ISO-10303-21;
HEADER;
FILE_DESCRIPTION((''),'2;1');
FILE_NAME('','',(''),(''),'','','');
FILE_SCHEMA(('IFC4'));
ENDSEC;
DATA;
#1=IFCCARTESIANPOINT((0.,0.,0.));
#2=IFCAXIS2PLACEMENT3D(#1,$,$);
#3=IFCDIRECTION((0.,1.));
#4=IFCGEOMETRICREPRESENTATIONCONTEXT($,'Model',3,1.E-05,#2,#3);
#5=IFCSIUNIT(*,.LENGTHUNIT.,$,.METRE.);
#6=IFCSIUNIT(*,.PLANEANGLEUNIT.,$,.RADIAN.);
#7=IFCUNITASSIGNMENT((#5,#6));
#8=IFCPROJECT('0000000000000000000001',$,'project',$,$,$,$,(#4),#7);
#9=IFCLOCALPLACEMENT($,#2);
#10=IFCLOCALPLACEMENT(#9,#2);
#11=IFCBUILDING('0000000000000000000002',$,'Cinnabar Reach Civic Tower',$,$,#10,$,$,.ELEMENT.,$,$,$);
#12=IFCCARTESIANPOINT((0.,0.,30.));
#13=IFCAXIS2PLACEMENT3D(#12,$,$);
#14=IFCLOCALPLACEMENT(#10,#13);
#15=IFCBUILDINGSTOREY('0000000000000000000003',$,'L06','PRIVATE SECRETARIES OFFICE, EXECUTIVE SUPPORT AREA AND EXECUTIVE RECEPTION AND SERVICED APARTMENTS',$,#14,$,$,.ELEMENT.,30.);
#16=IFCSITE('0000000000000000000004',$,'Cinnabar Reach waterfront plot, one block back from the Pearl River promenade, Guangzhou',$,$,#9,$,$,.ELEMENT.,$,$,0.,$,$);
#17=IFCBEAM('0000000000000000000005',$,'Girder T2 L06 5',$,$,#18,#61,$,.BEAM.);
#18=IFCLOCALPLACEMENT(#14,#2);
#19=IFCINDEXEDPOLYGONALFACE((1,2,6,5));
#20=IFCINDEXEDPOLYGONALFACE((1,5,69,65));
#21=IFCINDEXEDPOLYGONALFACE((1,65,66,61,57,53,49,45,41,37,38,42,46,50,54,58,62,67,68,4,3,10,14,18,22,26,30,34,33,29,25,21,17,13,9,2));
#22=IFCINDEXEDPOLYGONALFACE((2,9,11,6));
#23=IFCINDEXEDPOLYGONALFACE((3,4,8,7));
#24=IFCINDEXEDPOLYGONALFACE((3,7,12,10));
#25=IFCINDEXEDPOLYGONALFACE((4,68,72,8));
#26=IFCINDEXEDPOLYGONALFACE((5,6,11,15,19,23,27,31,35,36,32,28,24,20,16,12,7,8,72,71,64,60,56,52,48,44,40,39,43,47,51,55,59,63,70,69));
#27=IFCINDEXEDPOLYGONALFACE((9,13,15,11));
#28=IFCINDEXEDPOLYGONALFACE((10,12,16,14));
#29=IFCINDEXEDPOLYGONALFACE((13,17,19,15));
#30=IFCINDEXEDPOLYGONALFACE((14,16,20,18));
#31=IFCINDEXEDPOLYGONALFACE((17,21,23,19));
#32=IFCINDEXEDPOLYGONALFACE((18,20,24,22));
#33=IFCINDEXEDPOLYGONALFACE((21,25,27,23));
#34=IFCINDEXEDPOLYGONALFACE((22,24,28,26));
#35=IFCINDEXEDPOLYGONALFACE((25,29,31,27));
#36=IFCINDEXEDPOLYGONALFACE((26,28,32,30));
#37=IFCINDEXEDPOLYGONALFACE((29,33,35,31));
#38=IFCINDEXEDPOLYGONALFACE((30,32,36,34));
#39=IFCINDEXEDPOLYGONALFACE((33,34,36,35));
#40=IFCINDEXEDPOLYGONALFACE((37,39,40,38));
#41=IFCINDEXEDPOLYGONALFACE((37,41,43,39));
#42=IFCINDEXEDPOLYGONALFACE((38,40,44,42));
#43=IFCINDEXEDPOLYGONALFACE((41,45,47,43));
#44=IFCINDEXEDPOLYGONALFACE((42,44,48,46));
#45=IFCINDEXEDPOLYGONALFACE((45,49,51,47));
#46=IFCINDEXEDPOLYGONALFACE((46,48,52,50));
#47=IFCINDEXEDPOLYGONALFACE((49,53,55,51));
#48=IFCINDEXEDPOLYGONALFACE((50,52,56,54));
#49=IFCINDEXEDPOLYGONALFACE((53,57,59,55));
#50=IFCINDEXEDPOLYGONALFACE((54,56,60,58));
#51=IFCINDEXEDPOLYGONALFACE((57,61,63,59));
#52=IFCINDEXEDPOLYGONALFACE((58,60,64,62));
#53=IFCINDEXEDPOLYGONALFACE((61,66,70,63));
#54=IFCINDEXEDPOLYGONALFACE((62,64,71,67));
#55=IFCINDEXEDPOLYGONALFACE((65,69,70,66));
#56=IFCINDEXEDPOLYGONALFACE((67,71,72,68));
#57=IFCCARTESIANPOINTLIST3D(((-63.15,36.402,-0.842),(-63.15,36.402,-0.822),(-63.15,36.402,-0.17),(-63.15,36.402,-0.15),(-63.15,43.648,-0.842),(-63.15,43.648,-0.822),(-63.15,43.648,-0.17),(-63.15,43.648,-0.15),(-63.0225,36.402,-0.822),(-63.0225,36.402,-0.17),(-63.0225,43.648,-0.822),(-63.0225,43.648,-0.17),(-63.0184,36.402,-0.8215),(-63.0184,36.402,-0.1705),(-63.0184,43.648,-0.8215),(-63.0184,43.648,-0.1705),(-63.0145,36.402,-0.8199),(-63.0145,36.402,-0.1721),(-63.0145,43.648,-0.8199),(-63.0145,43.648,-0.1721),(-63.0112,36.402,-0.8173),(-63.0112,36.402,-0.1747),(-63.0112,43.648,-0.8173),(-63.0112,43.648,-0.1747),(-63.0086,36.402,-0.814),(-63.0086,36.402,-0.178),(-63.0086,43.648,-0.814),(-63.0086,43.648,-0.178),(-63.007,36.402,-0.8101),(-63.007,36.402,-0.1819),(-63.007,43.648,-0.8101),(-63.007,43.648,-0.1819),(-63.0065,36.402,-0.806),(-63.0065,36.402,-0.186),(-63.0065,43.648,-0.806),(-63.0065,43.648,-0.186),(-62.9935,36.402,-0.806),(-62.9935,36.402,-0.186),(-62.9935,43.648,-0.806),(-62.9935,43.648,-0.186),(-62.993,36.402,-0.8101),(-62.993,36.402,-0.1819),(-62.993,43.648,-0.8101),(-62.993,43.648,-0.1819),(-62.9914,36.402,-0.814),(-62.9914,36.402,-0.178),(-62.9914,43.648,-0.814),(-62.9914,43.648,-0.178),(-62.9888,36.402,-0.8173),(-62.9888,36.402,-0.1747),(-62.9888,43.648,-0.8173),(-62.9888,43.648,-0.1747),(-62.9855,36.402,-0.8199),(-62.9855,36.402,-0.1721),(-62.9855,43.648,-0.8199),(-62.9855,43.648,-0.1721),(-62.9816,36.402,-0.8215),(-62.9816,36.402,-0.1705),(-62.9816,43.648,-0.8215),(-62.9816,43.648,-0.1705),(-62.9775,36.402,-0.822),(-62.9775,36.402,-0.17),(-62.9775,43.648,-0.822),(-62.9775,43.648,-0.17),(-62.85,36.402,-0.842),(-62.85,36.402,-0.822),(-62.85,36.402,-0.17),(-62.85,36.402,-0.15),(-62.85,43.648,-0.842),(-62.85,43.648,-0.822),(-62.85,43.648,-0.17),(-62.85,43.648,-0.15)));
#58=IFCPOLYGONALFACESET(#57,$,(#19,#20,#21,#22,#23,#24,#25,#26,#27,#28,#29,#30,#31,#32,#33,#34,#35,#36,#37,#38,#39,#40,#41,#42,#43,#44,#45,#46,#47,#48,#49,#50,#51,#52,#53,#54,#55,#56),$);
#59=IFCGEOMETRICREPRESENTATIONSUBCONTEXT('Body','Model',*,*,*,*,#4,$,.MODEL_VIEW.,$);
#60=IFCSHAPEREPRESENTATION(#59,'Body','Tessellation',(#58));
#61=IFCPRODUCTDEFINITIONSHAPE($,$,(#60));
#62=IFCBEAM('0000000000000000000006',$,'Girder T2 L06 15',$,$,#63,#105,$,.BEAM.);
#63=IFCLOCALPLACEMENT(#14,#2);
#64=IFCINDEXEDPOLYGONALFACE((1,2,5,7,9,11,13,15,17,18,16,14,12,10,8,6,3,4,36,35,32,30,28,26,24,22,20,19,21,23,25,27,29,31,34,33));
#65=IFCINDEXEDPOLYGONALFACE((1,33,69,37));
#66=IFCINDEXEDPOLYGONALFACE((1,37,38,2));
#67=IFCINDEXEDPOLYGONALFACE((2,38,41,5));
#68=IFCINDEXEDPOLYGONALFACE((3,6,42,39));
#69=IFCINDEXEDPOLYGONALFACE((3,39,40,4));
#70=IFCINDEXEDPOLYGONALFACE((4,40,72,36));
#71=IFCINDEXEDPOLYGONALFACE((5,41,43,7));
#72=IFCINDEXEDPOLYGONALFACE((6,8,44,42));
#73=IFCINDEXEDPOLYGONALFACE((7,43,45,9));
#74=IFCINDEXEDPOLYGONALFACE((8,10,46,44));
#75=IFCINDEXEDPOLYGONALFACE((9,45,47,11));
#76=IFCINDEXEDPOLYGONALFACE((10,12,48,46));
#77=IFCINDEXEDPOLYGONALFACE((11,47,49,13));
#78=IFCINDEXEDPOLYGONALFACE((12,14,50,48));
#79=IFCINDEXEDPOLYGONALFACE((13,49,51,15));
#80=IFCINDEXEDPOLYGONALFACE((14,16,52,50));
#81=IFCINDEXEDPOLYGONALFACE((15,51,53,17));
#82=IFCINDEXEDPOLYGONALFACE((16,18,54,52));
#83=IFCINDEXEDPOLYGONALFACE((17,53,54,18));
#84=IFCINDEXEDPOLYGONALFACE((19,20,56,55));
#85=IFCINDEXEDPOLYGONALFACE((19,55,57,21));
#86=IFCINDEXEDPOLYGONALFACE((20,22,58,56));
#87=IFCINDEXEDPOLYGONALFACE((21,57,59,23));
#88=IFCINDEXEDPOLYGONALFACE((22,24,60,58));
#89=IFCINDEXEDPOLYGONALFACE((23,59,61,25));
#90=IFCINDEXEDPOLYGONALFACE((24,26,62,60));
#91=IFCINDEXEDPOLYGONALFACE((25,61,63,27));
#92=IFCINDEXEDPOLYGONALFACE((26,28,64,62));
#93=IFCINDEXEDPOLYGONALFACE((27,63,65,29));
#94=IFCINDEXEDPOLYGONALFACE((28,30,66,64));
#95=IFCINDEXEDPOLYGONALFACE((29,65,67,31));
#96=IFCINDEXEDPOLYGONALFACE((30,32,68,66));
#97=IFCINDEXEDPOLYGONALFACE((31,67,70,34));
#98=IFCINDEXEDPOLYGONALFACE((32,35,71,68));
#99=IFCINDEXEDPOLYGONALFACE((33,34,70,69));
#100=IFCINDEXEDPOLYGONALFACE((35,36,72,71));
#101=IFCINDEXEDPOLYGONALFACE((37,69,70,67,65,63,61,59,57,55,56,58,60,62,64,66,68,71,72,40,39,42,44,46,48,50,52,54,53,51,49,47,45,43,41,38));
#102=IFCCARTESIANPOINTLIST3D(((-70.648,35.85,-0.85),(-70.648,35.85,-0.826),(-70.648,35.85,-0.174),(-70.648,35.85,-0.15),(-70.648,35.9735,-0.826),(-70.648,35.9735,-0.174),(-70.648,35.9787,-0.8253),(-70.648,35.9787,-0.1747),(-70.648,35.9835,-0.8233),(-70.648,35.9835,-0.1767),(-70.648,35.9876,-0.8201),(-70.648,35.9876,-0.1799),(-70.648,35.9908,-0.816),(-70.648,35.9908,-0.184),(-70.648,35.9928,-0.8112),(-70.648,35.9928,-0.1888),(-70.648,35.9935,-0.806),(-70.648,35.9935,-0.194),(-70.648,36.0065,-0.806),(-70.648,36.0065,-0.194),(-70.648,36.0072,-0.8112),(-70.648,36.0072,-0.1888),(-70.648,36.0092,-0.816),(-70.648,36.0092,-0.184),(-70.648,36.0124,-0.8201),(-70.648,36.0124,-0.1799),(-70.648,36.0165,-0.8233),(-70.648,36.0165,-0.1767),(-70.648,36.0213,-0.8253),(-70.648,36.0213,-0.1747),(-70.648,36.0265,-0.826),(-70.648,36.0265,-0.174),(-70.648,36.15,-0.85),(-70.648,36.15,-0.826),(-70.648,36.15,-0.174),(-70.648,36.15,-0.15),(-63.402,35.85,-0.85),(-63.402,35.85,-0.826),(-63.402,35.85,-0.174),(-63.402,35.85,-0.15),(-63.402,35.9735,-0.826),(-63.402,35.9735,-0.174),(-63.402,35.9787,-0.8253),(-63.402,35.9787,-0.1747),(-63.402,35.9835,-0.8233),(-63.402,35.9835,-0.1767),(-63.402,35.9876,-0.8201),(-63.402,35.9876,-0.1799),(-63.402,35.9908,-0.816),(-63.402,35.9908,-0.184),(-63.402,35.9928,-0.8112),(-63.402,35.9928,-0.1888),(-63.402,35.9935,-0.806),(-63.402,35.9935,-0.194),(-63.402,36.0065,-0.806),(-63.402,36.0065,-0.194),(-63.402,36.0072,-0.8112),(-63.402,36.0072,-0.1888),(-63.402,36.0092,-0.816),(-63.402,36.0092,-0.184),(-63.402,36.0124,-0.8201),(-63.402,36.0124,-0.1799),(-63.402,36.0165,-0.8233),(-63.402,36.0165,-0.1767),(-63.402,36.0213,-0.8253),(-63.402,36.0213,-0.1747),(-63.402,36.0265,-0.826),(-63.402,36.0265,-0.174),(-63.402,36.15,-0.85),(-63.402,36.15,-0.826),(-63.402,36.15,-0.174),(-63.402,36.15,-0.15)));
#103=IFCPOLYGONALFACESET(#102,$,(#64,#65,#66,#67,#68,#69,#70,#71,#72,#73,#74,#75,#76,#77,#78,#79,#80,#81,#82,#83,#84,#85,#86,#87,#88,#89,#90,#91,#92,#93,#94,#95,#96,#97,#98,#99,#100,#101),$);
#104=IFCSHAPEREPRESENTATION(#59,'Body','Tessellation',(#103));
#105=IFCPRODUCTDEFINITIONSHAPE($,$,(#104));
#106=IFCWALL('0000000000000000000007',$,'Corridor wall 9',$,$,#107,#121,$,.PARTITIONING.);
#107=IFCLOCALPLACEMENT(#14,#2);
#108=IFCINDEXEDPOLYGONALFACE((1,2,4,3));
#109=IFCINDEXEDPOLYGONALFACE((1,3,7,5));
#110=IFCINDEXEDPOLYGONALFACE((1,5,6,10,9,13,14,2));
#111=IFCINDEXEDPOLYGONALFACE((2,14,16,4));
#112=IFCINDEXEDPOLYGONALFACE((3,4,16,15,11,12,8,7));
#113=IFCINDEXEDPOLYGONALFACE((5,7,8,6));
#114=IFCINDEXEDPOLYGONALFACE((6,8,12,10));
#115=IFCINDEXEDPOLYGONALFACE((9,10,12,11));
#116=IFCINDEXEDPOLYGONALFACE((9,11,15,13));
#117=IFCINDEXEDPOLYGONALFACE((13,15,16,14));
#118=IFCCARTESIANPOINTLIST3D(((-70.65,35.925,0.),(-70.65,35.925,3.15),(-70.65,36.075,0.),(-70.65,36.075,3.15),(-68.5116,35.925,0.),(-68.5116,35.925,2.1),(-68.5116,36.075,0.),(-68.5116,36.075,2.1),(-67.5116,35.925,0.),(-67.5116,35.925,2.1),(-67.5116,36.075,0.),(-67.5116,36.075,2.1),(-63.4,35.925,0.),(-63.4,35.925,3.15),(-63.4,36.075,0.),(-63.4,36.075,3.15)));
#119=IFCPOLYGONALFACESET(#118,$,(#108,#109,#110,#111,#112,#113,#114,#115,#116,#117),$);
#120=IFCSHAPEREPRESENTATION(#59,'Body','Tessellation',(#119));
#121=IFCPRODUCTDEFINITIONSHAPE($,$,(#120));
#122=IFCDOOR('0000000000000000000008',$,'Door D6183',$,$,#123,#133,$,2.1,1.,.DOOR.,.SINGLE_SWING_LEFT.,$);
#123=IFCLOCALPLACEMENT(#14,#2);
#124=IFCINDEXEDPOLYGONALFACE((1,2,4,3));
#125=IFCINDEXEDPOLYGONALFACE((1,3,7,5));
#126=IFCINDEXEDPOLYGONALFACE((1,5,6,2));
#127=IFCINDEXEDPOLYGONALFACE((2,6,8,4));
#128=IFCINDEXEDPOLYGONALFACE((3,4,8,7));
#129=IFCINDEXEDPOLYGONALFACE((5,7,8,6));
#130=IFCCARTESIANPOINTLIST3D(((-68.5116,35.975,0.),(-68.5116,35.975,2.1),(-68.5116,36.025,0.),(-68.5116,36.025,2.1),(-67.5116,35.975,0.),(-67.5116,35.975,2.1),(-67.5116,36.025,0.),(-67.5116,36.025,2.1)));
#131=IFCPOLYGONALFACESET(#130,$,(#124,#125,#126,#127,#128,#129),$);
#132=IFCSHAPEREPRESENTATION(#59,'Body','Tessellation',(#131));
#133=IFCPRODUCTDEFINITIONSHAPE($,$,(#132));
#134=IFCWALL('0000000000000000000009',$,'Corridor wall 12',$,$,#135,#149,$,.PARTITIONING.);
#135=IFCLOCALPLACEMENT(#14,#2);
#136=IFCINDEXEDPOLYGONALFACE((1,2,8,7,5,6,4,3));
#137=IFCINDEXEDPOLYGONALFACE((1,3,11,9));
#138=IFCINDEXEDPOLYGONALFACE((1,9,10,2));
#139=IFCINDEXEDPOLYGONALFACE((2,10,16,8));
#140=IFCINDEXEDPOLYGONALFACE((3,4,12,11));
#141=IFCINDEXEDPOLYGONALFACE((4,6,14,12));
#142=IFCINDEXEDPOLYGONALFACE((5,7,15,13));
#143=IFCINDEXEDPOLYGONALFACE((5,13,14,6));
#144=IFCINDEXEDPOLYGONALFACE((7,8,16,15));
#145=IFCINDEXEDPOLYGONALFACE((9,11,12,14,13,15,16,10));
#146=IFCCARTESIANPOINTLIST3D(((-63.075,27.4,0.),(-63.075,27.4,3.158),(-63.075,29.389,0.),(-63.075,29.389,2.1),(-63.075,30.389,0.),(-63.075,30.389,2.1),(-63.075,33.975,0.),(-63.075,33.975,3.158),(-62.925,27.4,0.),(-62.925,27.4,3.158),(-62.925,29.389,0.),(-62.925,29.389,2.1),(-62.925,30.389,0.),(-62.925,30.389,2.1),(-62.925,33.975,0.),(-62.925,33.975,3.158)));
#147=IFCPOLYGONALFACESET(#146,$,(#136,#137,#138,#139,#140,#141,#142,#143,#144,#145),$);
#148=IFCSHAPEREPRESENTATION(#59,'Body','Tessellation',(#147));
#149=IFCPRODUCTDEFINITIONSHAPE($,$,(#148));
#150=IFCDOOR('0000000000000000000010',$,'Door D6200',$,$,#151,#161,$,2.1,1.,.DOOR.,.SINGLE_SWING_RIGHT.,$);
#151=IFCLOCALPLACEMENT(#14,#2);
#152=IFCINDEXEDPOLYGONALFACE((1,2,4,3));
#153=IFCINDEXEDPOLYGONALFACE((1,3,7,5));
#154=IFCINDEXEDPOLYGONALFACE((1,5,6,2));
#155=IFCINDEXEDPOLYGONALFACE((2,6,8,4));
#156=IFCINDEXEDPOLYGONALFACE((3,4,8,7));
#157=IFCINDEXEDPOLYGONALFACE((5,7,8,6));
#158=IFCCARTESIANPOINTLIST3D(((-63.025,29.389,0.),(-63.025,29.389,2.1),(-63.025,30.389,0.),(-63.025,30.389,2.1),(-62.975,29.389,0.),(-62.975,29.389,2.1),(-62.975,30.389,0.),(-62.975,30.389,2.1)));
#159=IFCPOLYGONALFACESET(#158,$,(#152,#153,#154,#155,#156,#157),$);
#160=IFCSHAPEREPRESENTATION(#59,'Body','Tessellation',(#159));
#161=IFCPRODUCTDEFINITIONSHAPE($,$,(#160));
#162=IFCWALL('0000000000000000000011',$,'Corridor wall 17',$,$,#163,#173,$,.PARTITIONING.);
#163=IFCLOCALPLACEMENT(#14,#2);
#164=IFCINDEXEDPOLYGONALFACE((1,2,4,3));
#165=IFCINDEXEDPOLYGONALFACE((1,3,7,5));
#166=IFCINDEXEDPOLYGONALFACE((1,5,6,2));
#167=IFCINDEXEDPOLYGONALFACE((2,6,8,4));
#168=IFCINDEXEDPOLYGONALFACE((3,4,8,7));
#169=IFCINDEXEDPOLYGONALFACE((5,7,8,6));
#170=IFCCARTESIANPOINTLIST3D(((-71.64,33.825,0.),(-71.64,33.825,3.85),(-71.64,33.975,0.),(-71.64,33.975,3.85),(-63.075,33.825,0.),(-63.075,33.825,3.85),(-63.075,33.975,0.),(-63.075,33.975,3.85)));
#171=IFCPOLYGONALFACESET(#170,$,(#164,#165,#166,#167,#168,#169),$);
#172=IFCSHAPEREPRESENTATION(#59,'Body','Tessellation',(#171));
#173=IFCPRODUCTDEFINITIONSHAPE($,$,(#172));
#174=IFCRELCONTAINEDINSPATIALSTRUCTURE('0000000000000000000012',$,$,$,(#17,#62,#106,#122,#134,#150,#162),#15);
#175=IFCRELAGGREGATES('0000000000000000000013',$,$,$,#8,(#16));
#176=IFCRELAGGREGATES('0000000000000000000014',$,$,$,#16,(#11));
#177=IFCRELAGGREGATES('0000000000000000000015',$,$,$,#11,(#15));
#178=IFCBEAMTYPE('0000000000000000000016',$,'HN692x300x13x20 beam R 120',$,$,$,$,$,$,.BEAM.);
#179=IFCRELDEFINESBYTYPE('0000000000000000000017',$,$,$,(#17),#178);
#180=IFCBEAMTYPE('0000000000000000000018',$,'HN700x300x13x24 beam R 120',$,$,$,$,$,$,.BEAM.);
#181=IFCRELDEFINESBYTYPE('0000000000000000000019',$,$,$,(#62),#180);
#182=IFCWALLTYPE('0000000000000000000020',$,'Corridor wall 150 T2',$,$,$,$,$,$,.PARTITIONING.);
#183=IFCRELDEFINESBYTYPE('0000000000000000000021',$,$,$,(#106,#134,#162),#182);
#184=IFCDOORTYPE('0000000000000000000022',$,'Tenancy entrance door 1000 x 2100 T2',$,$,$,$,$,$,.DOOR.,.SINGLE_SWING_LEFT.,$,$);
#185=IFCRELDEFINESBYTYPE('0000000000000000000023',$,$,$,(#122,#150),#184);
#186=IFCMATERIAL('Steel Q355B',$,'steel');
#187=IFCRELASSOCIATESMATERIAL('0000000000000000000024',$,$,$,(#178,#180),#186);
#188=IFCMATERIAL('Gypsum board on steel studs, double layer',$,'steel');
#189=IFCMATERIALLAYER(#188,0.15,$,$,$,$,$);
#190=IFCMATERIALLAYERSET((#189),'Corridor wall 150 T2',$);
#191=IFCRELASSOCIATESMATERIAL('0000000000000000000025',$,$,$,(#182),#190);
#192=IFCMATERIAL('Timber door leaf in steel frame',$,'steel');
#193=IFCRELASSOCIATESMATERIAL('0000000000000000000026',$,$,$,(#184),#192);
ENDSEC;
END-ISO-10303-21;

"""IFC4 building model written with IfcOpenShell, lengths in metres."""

from ifc_helpers import new_model, si_unit, direction, frame, frame_2d, origin, origin_2d, place, context, subcontext, project, spatial, rectangle, i_section, extrude, material, layer, layer_set, material_profile, profile_set, type_object, element, fill, save


model = new_model("IFC4")

# Units and contexts
model_context = context("Model", 3, precision=1e-05, world=origin(), true_north=direction((0.0, 1.0)))
body_context = subcontext(model_context, "Body", "Model", "MODEL_VIEW")
ifc_project = project(units=[si_unit("LENGTHUNIT", "METRE"), si_unit("PLANEANGLEUNIT", "RADIAN")], contexts=[model_context])

# Site, building, storey
site_placement = place(None, origin())
site = spatial("IfcSite", under=ifc_project, at=site_placement, Name="Cinnabar Reach waterfront plot, one block back from the Pearl River promenade, Guangzhou", CompositionType="ELEMENT", RefElevation=0.0)
building_placement = place(site_placement, origin())
building = spatial("IfcBuilding", under=site, at=building_placement, Name="Cinnabar Reach Civic Tower", CompositionType="ELEMENT")
storey_placement = place(building_placement, frame((0.0, 0.0, 30.0)))
storey = spatial("IfcBuildingStorey", under=building, at=storey_placement, Name="L06", Description="PRIVATE SECRETARIES OFFICE, EXECUTIVE SUPPORT AREA AND EXECUTIVE RECEPTION AND SERVICED APARTMENTS", CompositionType="ELEMENT", Elevation=30.0)

# Beams
ifc_material_1 = material(Name="Steel Q355B", Category="steel")
ifc_material_profile_1 = material_profile(ifc_material_1, i_section(OverallWidth=0.3, OverallDepth=0.692, WebThickness=0.013, FlangeThickness=0.02, FilletRadius=0.016, at=origin_2d()), Name="HN692x300x13x20")
ifc_profile_set_1 = profile_set([ifc_material_profile_1], Name="Steel Q355B")
beam_type_1 = type_object("IfcBeamType", Name="HN692x300x13x20 beam R 120", PredefinedType="BEAM", material=ifc_profile_set_1)
beam_1_placement = place(storey_placement, frame((-63.0, 36.402, -0.496), z_axis=(0.0, 1.0, 0.0), x_axis=(-1.0, 0.0, 0.0)))
element("IfcBeam", 1, at=beam_1_placement, inside=storey, type_object=beam_type_1, Name="Girder T2 L06 5", PredefinedType="BEAM", context=body_context, shape_type="SweptSolid", body=[
    extrude(i_section(OverallWidth=0.3, OverallDepth=0.692, WebThickness=0.013, FlangeThickness=0.02, FilletRadius=0.016, at=origin_2d()), origin(), (0.0, 0.0, 1.0), 7.246),
])
ifc_material_profile_2 = material_profile(ifc_material_1, i_section(OverallWidth=0.3, OverallDepth=0.7, WebThickness=0.013, FlangeThickness=0.024, FilletRadius=0.02, at=origin_2d()), Name="HN700x300x13x24")
ifc_profile_set_2 = profile_set([ifc_material_profile_2], Name="Steel Q355B")
beam_type_2 = type_object("IfcBeamType", Name="HN700x300x13x24 beam R 120", PredefinedType="BEAM", material=ifc_profile_set_2)
beam_2_placement = place(storey_placement, frame((-70.648, 36.0, -0.5), z_axis=(1.0, 0.0, 0.0), x_axis=(0.0, 1.0, 0.0)))
element("IfcBeam", 2, at=beam_2_placement, inside=storey, type_object=beam_type_2, Name="Girder T2 L06 15", PredefinedType="BEAM", context=body_context, shape_type="SweptSolid", body=[
    extrude(i_section(OverallWidth=0.3, OverallDepth=0.7, WebThickness=0.013, FlangeThickness=0.024, FilletRadius=0.02, at=origin_2d()), origin(), (0.0, 0.0, 1.0), 7.246),
])

# Walls, openings, doors
ifc_material_2 = material(Name="Gypsum board on steel studs, double layer", Category="steel")
ifc_layer_1 = layer(ifc_material_2, 0.15)
ifc_layer_set_1 = layer_set([ifc_layer_1], Name="Corridor wall 150 T2")
wall_type_1 = type_object("IfcWallType", Name="Corridor wall 150 T2", PredefinedType="PARTITIONING", material=ifc_layer_set_1)
wall_1_placement = place(storey_placement, frame((-70.65, 36.0, 0.0), z_axis=(0.0, 0.0, 1.0), x_axis=(1.0, 0.0, 0.0)))
wall_1 = element("IfcWall", 3, at=wall_1_placement, inside=storey, type_object=wall_type_1, Name="Corridor wall 9", PredefinedType="PARTITIONING", context=body_context, shape_type="SweptSolid", body=[
    extrude(rectangle(XDim=7.25, YDim=0.15, at=frame_2d((3.625, 0.0))), origin(), (0.0, 0.0, 1.0), 3.15),
])
opening_1_placement = place(wall_1_placement, frame((2.1384, 0.0, 0.0)))
opening_1 = element("IfcOpeningElement", 4, at=opening_1_placement, cuts=wall_1, PredefinedType="OPENING", context=body_context, shape_type="SweptSolid", body=[
    extrude(rectangle(XDim=1.0, YDim=2.1, at=frame_2d((0.5, 1.05))), frame((0.0, 0.085, 0.0), z_axis=(0.0, -1.0, 0.0), x_axis=(1.0, 0.0, 0.0)), (0.0, 0.0, 1.0), 0.17),
])
ifc_material_3 = material(Name="Timber door leaf in steel frame", Category="steel")
door_type_1 = type_object("IfcDoorType", Name="Tenancy entrance door 1000 x 2100 T2", OperationType="SINGLE_SWING_LEFT", PredefinedType="DOOR", material=ifc_material_3)
door_1_placement = place(opening_1_placement, origin())
door_1 = element("IfcDoor", 5, at=door_1_placement, inside=storey, type_object=door_type_1, Name="Door D6183", OperationType="SINGLE_SWING_LEFT", OverallHeight=2.1, OverallWidth=1.0, PredefinedType="DOOR", context=body_context, shape_type="SweptSolid", body=[
    extrude(rectangle(XDim=1.0, YDim=2.1, at=frame_2d((0.5, 1.05))), frame((0.0, 0.025, 0.0), z_axis=(0.0, -1.0, 0.0), x_axis=(1.0, 0.0, 0.0)), (0.0, 0.0, 1.0), 0.05),
])
fill(opening_1, door_1)
wall_2_placement = place(storey_placement, frame((-63.0, 27.4, 0.0), z_axis=(0.0, 0.0, 1.0), x_axis=(0.0, 1.0, 0.0)))
wall_2 = element("IfcWall", 6, at=wall_2_placement, inside=storey, type_object=wall_type_1, Name="Corridor wall 12", PredefinedType="PARTITIONING", context=body_context, shape_type="SweptSolid", body=[
    extrude(rectangle(XDim=6.575, YDim=0.15, at=frame_2d((3.2875, 0.0))), origin(), (0.0, 0.0, 1.0), 3.158),
])
opening_2_placement = place(wall_2_placement, frame((1.989, 0.0, 0.0)))
opening_2 = element("IfcOpeningElement", 7, at=opening_2_placement, cuts=wall_2, PredefinedType="OPENING", context=body_context, shape_type="SweptSolid", body=[
    extrude(rectangle(XDim=1.0, YDim=2.1, at=frame_2d((0.5, 1.05))), frame((0.0, 0.085, 0.0), z_axis=(0.0, -1.0, 0.0), x_axis=(1.0, 0.0, 0.0)), (0.0, 0.0, 1.0), 0.17),
])
door_2_placement = place(opening_2_placement, origin())
door_2 = element("IfcDoor", 8, at=door_2_placement, inside=storey, type_object=door_type_1, Name="Door D6200", OperationType="SINGLE_SWING_RIGHT", OverallHeight=2.1, OverallWidth=1.0, PredefinedType="DOOR", context=body_context, shape_type="SweptSolid", body=[
    extrude(rectangle(XDim=1.0, YDim=2.1, at=frame_2d((0.5, 1.05))), frame((0.0, 0.025, 0.0), z_axis=(0.0, -1.0, 0.0), x_axis=(1.0, 0.0, 0.0)), (0.0, 0.0, 1.0), 0.05),
])
fill(opening_2, door_2)

# Wall
wall_3_placement = place(storey_placement, frame((-71.64, 33.9, 0.0), z_axis=(0.0, 0.0, 1.0), x_axis=(1.0, 0.0, 0.0)))
element("IfcWall", 9, at=wall_3_placement, inside=storey, type_object=wall_type_1, Name="Corridor wall 17", PredefinedType="PARTITIONING", context=body_context, shape_type="SweptSolid", body=[
    extrude(rectangle(XDim=8.565, YDim=0.15, at=frame_2d((4.2825, 0.0))), origin(), (0.0, 0.0, 1.0), 3.85),
])

save(model, "model.ifc")
